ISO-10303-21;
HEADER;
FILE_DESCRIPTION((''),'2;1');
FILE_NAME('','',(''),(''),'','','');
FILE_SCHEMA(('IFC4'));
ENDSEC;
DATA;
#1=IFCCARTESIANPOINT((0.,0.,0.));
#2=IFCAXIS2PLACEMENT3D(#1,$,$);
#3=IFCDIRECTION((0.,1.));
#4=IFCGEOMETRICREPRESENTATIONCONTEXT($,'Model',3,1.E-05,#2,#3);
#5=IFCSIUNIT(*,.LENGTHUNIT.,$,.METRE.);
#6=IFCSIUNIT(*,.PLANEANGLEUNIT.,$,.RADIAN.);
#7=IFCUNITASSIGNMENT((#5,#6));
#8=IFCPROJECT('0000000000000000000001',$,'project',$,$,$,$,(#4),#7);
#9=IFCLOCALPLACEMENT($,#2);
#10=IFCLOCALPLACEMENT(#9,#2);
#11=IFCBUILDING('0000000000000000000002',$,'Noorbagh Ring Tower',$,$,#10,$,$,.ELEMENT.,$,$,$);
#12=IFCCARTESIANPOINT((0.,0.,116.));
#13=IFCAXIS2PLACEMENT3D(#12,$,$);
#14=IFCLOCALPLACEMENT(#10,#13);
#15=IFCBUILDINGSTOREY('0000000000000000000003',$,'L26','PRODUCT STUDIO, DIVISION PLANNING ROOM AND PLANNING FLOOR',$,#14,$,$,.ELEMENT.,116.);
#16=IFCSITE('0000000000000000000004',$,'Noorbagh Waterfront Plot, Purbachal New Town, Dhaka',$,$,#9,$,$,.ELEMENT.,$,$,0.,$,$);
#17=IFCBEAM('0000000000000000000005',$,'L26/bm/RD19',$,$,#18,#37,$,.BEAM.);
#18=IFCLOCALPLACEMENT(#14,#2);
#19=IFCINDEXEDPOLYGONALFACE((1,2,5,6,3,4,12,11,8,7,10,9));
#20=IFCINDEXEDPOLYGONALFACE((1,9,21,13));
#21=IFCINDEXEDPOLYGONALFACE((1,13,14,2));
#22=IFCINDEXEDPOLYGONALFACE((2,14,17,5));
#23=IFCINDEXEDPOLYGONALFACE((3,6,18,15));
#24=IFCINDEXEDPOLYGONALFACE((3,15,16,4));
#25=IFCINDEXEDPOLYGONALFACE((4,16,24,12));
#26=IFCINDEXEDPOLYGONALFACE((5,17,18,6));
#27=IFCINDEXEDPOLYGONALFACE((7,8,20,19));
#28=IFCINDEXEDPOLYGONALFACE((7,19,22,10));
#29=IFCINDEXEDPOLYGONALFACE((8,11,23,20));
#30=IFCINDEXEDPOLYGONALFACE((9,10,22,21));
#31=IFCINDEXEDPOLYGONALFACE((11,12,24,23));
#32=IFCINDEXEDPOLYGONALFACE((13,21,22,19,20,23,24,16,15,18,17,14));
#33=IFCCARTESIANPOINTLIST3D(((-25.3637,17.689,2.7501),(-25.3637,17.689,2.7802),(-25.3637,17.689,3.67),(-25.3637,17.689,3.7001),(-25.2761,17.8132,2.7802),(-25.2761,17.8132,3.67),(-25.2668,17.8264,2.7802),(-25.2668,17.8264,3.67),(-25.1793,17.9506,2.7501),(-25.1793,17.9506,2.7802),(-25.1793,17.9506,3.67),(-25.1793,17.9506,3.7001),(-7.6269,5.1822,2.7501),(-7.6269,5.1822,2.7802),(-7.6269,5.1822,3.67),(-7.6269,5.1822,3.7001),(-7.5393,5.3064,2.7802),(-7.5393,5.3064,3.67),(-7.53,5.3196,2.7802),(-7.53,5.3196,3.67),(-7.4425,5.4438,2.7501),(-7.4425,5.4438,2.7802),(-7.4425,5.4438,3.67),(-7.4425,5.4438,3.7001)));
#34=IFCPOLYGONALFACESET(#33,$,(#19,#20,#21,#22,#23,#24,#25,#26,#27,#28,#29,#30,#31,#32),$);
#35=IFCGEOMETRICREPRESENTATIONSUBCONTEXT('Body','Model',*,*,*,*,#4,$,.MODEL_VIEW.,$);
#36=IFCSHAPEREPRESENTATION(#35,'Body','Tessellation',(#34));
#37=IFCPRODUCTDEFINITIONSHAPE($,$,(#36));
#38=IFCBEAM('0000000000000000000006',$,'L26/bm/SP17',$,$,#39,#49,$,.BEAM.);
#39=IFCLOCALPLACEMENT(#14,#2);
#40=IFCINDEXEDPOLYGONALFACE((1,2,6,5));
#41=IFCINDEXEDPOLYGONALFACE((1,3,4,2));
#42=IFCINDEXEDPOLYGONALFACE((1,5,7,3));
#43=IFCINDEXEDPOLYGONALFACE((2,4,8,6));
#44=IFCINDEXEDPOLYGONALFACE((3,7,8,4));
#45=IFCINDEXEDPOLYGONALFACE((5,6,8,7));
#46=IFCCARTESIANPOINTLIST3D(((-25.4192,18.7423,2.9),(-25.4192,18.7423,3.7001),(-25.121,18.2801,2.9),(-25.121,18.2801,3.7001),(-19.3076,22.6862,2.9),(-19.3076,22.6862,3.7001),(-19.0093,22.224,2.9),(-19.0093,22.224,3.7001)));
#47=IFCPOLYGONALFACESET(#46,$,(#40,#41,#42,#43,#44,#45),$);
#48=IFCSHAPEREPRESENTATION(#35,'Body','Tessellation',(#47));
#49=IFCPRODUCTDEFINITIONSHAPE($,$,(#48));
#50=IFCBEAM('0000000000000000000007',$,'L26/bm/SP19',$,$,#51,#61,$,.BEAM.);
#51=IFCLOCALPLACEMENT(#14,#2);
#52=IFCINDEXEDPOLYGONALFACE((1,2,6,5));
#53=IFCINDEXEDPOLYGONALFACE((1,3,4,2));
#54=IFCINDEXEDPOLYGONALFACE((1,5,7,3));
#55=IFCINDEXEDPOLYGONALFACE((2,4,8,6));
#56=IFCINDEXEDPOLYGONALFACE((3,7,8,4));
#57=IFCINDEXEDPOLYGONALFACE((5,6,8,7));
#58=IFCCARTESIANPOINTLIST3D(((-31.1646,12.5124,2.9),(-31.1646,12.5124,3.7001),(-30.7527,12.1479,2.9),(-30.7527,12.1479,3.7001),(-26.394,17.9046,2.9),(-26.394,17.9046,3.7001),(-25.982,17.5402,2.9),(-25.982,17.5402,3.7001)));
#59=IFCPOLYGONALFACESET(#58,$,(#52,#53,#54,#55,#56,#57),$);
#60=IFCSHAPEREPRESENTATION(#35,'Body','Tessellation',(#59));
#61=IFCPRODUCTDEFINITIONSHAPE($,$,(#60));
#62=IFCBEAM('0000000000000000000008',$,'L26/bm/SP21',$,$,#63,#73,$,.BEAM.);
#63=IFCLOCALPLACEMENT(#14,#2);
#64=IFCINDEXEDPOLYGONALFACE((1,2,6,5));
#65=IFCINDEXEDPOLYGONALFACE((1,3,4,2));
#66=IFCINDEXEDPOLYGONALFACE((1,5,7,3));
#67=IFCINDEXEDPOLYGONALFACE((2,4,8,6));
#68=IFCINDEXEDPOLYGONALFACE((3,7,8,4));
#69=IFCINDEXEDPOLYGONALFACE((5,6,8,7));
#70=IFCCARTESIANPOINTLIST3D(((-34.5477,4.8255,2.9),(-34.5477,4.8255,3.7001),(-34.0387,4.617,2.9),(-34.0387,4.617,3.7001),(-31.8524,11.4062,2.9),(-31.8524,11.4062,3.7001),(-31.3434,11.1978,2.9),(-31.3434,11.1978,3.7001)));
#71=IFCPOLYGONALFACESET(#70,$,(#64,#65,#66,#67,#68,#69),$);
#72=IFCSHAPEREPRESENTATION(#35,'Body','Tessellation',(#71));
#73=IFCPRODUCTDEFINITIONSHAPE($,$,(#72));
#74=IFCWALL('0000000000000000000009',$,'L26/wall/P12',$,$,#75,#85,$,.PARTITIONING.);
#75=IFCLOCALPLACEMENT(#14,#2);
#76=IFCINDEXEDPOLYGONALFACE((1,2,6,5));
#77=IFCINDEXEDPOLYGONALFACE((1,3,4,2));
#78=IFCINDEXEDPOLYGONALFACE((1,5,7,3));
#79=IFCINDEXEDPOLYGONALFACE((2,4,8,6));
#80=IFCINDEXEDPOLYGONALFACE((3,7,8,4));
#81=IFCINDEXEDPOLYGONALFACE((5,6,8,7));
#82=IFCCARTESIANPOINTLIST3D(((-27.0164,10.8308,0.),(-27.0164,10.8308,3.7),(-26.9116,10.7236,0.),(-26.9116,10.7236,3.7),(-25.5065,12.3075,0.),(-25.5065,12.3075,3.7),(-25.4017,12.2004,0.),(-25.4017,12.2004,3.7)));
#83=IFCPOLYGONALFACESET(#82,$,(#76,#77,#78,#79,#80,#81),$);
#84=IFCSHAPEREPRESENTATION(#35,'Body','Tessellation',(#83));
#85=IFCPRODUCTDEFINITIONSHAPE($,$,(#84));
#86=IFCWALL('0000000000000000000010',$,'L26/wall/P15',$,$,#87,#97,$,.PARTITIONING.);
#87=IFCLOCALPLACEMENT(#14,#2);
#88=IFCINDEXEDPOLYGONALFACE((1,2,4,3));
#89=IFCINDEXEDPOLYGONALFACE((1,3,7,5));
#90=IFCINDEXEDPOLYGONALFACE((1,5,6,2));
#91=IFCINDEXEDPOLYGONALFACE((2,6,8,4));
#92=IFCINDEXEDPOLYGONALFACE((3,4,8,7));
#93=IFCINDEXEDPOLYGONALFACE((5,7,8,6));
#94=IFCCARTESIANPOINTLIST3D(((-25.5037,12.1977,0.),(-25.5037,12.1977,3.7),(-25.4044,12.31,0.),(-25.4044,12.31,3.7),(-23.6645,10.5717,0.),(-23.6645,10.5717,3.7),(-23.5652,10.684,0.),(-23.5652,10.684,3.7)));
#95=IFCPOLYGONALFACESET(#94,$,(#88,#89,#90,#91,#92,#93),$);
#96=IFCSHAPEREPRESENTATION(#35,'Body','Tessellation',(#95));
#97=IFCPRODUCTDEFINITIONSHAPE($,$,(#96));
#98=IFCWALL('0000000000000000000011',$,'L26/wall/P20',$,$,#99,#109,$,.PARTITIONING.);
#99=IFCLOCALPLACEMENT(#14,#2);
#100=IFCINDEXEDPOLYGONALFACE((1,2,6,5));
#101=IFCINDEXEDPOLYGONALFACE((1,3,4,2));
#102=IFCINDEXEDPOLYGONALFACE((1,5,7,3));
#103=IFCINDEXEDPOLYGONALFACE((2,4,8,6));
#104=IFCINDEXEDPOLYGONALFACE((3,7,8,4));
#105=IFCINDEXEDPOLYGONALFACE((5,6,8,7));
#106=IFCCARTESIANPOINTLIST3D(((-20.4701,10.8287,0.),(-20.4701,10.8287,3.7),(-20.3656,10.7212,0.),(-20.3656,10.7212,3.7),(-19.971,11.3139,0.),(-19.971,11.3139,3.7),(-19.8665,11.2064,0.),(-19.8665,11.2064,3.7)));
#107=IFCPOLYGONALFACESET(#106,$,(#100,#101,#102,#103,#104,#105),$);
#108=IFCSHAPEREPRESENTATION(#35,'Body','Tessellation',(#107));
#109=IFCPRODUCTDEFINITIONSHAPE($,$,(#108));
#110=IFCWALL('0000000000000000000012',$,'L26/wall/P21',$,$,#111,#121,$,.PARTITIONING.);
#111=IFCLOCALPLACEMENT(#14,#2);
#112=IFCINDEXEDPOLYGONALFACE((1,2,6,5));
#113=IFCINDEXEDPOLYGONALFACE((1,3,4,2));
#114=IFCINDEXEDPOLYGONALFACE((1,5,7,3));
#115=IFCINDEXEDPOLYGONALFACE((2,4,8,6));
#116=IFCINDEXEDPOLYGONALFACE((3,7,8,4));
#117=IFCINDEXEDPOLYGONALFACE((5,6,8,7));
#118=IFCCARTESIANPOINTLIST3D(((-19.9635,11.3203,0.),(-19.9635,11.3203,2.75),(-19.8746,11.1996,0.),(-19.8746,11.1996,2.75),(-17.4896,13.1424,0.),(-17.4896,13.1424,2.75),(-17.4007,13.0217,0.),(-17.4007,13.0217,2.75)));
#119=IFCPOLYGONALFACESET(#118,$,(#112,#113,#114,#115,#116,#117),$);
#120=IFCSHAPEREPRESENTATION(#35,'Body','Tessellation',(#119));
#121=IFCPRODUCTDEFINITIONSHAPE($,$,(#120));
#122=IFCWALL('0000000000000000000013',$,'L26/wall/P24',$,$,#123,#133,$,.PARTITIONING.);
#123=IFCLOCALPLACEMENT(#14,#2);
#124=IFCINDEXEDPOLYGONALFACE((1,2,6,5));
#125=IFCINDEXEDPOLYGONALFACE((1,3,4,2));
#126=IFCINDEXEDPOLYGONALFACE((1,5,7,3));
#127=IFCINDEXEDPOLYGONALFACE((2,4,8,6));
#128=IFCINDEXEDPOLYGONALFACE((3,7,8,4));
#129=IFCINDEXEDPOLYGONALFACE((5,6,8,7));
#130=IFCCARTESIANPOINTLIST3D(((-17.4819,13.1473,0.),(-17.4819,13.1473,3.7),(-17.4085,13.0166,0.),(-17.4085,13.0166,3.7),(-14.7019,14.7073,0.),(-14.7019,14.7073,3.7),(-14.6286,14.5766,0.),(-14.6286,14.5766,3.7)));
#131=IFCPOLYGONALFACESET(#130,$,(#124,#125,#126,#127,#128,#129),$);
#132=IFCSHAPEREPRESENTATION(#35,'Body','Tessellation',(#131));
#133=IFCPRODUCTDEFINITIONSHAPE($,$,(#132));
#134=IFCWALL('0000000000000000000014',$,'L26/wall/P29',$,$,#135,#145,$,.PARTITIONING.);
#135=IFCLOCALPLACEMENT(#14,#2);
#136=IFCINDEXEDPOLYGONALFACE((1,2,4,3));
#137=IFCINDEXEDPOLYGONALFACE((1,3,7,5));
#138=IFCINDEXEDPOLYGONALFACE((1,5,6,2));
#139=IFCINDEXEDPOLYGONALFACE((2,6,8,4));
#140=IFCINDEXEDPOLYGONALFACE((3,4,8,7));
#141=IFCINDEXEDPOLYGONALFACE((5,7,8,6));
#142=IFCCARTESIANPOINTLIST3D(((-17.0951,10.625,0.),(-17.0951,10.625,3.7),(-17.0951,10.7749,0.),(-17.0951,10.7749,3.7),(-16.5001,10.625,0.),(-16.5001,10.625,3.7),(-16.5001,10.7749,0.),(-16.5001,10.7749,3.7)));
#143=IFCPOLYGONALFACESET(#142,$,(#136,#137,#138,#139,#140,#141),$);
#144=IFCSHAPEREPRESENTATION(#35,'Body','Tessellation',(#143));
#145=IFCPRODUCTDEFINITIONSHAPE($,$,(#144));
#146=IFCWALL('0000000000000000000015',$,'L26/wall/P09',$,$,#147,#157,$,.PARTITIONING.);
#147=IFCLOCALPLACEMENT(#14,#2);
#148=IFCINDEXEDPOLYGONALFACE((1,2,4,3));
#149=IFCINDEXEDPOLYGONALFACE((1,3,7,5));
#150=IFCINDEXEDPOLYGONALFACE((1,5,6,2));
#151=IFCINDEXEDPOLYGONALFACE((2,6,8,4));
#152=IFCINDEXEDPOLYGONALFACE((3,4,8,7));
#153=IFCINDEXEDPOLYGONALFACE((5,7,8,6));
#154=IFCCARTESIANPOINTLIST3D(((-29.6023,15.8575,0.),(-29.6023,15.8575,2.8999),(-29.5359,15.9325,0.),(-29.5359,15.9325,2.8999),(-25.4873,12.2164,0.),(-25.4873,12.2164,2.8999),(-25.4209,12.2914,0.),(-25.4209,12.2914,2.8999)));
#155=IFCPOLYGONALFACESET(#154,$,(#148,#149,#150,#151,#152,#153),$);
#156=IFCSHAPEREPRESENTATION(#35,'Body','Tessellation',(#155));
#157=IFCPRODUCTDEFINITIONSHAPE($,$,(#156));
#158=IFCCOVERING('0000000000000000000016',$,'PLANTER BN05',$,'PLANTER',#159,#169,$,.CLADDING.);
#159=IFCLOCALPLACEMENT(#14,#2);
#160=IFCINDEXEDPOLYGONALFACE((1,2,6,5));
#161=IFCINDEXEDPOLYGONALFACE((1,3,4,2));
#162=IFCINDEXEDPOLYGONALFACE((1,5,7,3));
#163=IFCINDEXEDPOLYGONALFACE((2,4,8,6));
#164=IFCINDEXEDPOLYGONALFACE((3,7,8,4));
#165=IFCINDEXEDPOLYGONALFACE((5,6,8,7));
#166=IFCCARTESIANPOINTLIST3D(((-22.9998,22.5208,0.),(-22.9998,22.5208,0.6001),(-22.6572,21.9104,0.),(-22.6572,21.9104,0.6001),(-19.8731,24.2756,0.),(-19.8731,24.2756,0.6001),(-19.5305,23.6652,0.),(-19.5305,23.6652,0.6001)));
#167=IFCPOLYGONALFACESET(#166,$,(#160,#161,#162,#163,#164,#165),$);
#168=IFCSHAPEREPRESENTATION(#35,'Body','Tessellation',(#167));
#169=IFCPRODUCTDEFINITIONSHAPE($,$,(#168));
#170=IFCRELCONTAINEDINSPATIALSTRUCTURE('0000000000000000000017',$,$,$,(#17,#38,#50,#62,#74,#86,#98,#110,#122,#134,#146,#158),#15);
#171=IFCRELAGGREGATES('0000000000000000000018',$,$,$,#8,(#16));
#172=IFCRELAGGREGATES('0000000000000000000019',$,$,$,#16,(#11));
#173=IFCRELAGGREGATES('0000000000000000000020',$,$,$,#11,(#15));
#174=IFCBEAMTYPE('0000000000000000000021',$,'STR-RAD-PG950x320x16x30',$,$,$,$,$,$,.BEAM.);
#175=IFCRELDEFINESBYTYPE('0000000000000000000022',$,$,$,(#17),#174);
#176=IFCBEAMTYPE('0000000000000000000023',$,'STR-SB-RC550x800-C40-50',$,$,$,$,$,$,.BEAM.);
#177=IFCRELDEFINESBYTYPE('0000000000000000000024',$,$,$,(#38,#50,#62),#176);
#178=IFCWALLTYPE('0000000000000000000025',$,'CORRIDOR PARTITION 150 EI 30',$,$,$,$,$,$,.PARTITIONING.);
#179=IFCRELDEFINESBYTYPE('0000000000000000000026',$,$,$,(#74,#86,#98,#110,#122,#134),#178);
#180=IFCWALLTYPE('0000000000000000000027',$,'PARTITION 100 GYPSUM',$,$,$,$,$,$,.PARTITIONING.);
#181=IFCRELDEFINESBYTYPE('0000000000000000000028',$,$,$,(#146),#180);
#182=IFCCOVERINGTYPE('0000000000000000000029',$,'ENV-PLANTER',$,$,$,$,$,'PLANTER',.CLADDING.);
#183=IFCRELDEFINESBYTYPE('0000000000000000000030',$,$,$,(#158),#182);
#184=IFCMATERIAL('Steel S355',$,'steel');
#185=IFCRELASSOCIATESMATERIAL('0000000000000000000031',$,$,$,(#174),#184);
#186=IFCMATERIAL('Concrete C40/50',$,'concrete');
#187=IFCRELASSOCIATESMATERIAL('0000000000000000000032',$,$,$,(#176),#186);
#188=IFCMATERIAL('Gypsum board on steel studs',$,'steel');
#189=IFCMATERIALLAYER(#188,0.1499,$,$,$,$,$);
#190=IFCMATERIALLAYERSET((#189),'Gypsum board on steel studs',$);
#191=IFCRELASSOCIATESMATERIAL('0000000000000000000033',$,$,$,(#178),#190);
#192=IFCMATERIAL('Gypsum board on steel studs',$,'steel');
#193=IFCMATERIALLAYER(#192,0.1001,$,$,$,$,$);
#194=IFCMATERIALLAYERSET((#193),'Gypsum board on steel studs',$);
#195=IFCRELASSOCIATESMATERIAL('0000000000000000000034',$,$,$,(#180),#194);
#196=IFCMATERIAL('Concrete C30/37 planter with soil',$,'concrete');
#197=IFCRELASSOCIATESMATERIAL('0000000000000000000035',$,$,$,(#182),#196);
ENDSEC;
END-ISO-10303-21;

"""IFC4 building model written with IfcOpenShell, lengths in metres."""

from ifc_helpers import new_model, si_unit, direction, frame, frame_2d, origin, origin_2d, place, context, subcontext, project, spatial, rectangle, i_section, extrude, material, layer, layer_set, material_profile, profile_set, type_object, element, save


model = new_model("IFC4")

# Units and contexts
model_context = context("Model", 3, precision=1e-05, world=origin(), true_north=direction((0.0, 1.0)))
body_context = subcontext(model_context, "Body", "Model", "MODEL_VIEW")
ifc_project = project(units=[si_unit("LENGTHUNIT", "METRE"), si_unit("PLANEANGLEUNIT", "RADIAN")], contexts=[model_context])

# Site, building, storey
site_placement = place(None, origin())
site = spatial("IfcSite", under=ifc_project, at=site_placement, Name="Noorbagh Waterfront Plot, Purbachal New Town, Dhaka", CompositionType="ELEMENT", RefElevation=0.0)
building_placement = place(site_placement, origin())
building = spatial("IfcBuilding", under=site, at=building_placement, Name="Noorbagh Ring Tower", CompositionType="ELEMENT")
storey_placement = place(building_placement, frame((0.0, 0.0, 116.0)))
storey = spatial("IfcBuildingStorey", under=building, at=storey_placement, Name="L26", Description="PRODUCT STUDIO, DIVISION PLANNING ROOM AND PLANNING FLOOR", CompositionType="ELEMENT", Elevation=116.0)

# Beams
ifc_material_1 = material(Name="Steel S355", Category="steel")
ifc_material_profile_1 = material_profile(ifc_material_1, i_section(OverallWidth=0.3201, OverallDepth=0.95, WebThickness=0.0161, FlangeThickness=0.03, at=origin_2d()), Name="PG950x320x16x30")
ifc_profile_set_1 = profile_set([ifc_material_profile_1], Name="Steel S355")
beam_type_1 = type_object("IfcBeamType", Name="STR-RAD-PG950x320x16x30", PredefinedType="BEAM", material=ifc_profile_set_1)
beam_1_placement = place(storey_placement, frame((-25.2715, 17.8198, 3.2251), z_axis=(0.817256, -0.576275, 0.0), x_axis=(0.576275, 0.817256, 0.0)))
element("IfcBeam", 1, at=beam_1_placement, inside=storey, type_object=beam_type_1, Name="L26/bm/RD19", PredefinedType="BEAM", context=body_context, shape_type="SweptSolid", body=[
    extrude(i_section(OverallWidth=0.3201, OverallDepth=0.95, WebThickness=0.0161, FlangeThickness=0.03, at=origin_2d()), origin(), (0.0, 0.0, 1.0), 21.7029),
])
ifc_material_2 = material(Name="Concrete C40/50", Category="concrete")
ifc_material_profile_2 = material_profile(ifc_material_2, rectangle(XDim=0.55, YDim=0.8, at=origin_2d()), Name="RC550x800")
ifc_profile_set_2 = profile_set([ifc_material_profile_2], Name="Concrete C40/50")
beam_type_2 = type_object("IfcBeamType", Name="STR-SB-RC550x800-C40-50", PredefinedType="BEAM", material=ifc_profile_set_2)
beam_2_placement = place(storey_placement, frame((-19.1584, 22.4551, 3.3), z_axis=(-0.84024, -0.542214, 0.0), x_axis=(0.542214, -0.84024, 0.0)))
element("IfcBeam", 2, at=beam_2_placement, inside=storey, type_object=beam_type_2, Name="L26/bm/SP17", PredefinedType="BEAM", context=body_context, shape_type="SweptSolid", body=[
    extrude(rectangle(XDim=0.55, YDim=0.8, at=origin_2d()), origin(), (0.0, 0.0, 1.0), 7.2737),
])
beam_3_placement = place(storey_placement, frame((-26.188, 17.7224, 3.3), z_axis=(-0.662621, -0.748954, 0.0), x_axis=(0.748954, -0.662621, 0.0)))
element("IfcBeam", 3, at=beam_3_placement, inside=storey, type_object=beam_type_2, Name="L26/bm/SP19", PredefinedType="BEAM", context=body_context, shape_type="SweptSolid", body=[
    extrude(rectangle(XDim=0.55, YDim=0.8, at=origin_2d()), origin(), (0.0, 0.0, 1.0), 7.1997),
])
beam_4_placement = place(storey_placement, frame((-31.5979, 11.302, 3.3), z_axis=(-0.379014, -0.925391, 0.0), x_axis=(0.925391, -0.379014, 0.0)))
element("IfcBeam", 4, at=beam_4_placement, inside=storey, type_object=beam_type_2, Name="L26/bm/SP21", PredefinedType="BEAM", context=body_context, shape_type="SweptSolid", body=[
    extrude(rectangle(XDim=0.55, YDim=0.8, at=origin_2d()), origin(), (0.0, 0.0, 1.0), 7.1113),
])

# Walls
ifc_material_3 = material(Name="Gypsum board on steel studs", Category="steel")
ifc_layer_1 = layer(ifc_material_3, 0.1499)
ifc_layer_set_1 = layer_set([ifc_layer_1], Name="Gypsum board on steel studs")
wall_type_1 = type_object("IfcWallType", Name="CORRIDOR PARTITION 150 EI 30", PredefinedType="PARTITIONING", material=ifc_layer_set_1)
wall_1_placement = place(storey_placement, frame((-26.9641, 10.7771, 0.0), z_axis=(0.0, 0.0, 1.0), x_axis=(0.714923, 0.699203, 0.0)))
element("IfcWall", 5, at=wall_1_placement, inside=storey, type_object=wall_type_1, Name="L26/wall/P12", PredefinedType="PARTITIONING", context=body_context, shape_type="SweptSolid", body=[
    extrude(rectangle(XDim=2.1121, YDim=0.1499, at=frame_2d((1.0562, 0.0))), origin(), (0.0, 0.0, 1.0), 3.7),
])
wall_2_placement = place(storey_placement, frame((-25.4541, 12.2539, 0.0), z_axis=(0.0, 0.0, 1.0), x_axis=(0.749184, -0.662361, 0.0)))
element("IfcWall", 6, at=wall_2_placement, inside=storey, type_object=wall_type_1, Name="L26/wall/P15", PredefinedType="PARTITIONING", context=body_context, shape_type="SweptSolid", body=[
    extrude(rectangle(XDim=2.4548, YDim=0.1499, at=frame_2d((1.2275, 0.0))), origin(), (0.0, 0.0, 1.0), 3.7),
])
wall_3_placement = place(storey_placement, frame((-20.418, 10.7749, 0.0), z_axis=(0.0, 0.0, 1.0), x_axis=(0.717034, 0.697038, 0.0)))
element("IfcWall", 7, at=wall_3_placement, inside=storey, type_object=wall_type_1, Name="L26/wall/P20", PredefinedType="PARTITIONING", context=body_context, shape_type="SweptSolid", body=[
    extrude(rectangle(XDim=0.696, YDim=0.1499, at=frame_2d((0.3481, 0.0))), origin(), (0.0, 0.0, 1.0), 3.7),
])
wall_4_placement = place(storey_placement, frame((-19.9189, 11.26, 0.0), z_axis=(0.0, 0.0, 1.0), x_axis=(0.805186, 0.593023, 0.0)))
element("IfcWall", 8, at=wall_4_placement, inside=storey, type_object=wall_type_1, Name="L26/wall/P21", PredefinedType="PARTITIONING", context=body_context, shape_type="SweptSolid", body=[
    extrude(rectangle(XDim=3.0725, YDim=0.1499, at=frame_2d((1.5361, 0.0))), origin(), (0.0, 0.0, 1.0), 2.75),
])
wall_5_placement = place(storey_placement, frame((-17.4451, 13.082, 0.0), z_axis=(0.0, 0.0, 1.0), x_axis=(0.872072, 0.489377, 0.0)))
element("IfcWall", 9, at=wall_5_placement, inside=storey, type_object=wall_type_1, Name="L26/wall/P24", PredefinedType="PARTITIONING", context=body_context, shape_type="SweptSolid", body=[
    extrude(rectangle(XDim=3.1877, YDim=0.1499, at=frame_2d((1.5938, 0.0))), origin(), (0.0, 0.0, 1.0), 3.7),
])
wall_6_placement = place(storey_placement, frame((-17.095, 10.7, 0.0), z_axis=(0.0, 0.0, 1.0), x_axis=(1.0, 0.0, 0.0)))
element("IfcWall", 10, at=wall_6_placement, inside=storey, type_object=wall_type_1, Name="L26/wall/P29", PredefinedType="PARTITIONING", context=body_context, shape_type="SweptSolid", body=[
    extrude(rectangle(XDim=0.595, YDim=0.1499, at=frame_2d((0.2974, 0.0))), origin(), (0.0, 0.0, 1.0), 3.7),
])
ifc_material_4 = material(Name="Gypsum board on steel studs", Category="steel")
ifc_layer_2 = layer(ifc_material_4, 0.1001)
ifc_layer_set_2 = layer_set([ifc_layer_2], Name="Gypsum board on steel studs")
wall_type_2 = type_object("IfcWallType", Name="PARTITION 100 GYPSUM", PredefinedType="PARTITIONING", material=ifc_layer_set_2)
wall_7_placement = place(storey_placement, frame((-29.5691, 15.895, 0.0), z_axis=(0.0, 0.0, 1.0), x_axis=(0.748913, -0.662669, 0.0)))
element("IfcWall", 11, at=wall_7_placement, inside=storey, type_object=wall_type_2, Name="L26/wall/P09", PredefinedType="PARTITIONING", context=body_context, shape_type="SweptSolid", body=[
    extrude(rectangle(XDim=5.4946, YDim=0.1001, at=frame_2d((2.7473, 0.0))), origin(), (0.0, 0.0, 1.0), 2.8999),
])

# Covering
ifc_material_5 = material(Name="Concrete C30/37 planter with soil", Category="concrete")
covering_type = type_object("IfcCoveringType", Name="ENV-PLANTER", ElementType="PLANTER", PredefinedType="CLADDING", material=ifc_material_5)
covering_placement = place(storey_placement, frame((-21.2651, 23.093, 0.0), z_axis=(0.0, 0.0, 1.0), x_axis=(-0.872045, -0.489426, 0.0)))
element("IfcCovering", 12, at=covering_placement, inside=storey, type_object=covering_type, Name="PLANTER BN05", ObjectType="PLANTER", PredefinedType="CLADDING", context=body_context, shape_type="SweptSolid", body=[
    extrude(rectangle(XDim=3.5854, YDim=0.7, at=origin_2d()), origin(), (0.0, 0.0, 1.0), 0.6001),
])

save(model, "model.ifc")
